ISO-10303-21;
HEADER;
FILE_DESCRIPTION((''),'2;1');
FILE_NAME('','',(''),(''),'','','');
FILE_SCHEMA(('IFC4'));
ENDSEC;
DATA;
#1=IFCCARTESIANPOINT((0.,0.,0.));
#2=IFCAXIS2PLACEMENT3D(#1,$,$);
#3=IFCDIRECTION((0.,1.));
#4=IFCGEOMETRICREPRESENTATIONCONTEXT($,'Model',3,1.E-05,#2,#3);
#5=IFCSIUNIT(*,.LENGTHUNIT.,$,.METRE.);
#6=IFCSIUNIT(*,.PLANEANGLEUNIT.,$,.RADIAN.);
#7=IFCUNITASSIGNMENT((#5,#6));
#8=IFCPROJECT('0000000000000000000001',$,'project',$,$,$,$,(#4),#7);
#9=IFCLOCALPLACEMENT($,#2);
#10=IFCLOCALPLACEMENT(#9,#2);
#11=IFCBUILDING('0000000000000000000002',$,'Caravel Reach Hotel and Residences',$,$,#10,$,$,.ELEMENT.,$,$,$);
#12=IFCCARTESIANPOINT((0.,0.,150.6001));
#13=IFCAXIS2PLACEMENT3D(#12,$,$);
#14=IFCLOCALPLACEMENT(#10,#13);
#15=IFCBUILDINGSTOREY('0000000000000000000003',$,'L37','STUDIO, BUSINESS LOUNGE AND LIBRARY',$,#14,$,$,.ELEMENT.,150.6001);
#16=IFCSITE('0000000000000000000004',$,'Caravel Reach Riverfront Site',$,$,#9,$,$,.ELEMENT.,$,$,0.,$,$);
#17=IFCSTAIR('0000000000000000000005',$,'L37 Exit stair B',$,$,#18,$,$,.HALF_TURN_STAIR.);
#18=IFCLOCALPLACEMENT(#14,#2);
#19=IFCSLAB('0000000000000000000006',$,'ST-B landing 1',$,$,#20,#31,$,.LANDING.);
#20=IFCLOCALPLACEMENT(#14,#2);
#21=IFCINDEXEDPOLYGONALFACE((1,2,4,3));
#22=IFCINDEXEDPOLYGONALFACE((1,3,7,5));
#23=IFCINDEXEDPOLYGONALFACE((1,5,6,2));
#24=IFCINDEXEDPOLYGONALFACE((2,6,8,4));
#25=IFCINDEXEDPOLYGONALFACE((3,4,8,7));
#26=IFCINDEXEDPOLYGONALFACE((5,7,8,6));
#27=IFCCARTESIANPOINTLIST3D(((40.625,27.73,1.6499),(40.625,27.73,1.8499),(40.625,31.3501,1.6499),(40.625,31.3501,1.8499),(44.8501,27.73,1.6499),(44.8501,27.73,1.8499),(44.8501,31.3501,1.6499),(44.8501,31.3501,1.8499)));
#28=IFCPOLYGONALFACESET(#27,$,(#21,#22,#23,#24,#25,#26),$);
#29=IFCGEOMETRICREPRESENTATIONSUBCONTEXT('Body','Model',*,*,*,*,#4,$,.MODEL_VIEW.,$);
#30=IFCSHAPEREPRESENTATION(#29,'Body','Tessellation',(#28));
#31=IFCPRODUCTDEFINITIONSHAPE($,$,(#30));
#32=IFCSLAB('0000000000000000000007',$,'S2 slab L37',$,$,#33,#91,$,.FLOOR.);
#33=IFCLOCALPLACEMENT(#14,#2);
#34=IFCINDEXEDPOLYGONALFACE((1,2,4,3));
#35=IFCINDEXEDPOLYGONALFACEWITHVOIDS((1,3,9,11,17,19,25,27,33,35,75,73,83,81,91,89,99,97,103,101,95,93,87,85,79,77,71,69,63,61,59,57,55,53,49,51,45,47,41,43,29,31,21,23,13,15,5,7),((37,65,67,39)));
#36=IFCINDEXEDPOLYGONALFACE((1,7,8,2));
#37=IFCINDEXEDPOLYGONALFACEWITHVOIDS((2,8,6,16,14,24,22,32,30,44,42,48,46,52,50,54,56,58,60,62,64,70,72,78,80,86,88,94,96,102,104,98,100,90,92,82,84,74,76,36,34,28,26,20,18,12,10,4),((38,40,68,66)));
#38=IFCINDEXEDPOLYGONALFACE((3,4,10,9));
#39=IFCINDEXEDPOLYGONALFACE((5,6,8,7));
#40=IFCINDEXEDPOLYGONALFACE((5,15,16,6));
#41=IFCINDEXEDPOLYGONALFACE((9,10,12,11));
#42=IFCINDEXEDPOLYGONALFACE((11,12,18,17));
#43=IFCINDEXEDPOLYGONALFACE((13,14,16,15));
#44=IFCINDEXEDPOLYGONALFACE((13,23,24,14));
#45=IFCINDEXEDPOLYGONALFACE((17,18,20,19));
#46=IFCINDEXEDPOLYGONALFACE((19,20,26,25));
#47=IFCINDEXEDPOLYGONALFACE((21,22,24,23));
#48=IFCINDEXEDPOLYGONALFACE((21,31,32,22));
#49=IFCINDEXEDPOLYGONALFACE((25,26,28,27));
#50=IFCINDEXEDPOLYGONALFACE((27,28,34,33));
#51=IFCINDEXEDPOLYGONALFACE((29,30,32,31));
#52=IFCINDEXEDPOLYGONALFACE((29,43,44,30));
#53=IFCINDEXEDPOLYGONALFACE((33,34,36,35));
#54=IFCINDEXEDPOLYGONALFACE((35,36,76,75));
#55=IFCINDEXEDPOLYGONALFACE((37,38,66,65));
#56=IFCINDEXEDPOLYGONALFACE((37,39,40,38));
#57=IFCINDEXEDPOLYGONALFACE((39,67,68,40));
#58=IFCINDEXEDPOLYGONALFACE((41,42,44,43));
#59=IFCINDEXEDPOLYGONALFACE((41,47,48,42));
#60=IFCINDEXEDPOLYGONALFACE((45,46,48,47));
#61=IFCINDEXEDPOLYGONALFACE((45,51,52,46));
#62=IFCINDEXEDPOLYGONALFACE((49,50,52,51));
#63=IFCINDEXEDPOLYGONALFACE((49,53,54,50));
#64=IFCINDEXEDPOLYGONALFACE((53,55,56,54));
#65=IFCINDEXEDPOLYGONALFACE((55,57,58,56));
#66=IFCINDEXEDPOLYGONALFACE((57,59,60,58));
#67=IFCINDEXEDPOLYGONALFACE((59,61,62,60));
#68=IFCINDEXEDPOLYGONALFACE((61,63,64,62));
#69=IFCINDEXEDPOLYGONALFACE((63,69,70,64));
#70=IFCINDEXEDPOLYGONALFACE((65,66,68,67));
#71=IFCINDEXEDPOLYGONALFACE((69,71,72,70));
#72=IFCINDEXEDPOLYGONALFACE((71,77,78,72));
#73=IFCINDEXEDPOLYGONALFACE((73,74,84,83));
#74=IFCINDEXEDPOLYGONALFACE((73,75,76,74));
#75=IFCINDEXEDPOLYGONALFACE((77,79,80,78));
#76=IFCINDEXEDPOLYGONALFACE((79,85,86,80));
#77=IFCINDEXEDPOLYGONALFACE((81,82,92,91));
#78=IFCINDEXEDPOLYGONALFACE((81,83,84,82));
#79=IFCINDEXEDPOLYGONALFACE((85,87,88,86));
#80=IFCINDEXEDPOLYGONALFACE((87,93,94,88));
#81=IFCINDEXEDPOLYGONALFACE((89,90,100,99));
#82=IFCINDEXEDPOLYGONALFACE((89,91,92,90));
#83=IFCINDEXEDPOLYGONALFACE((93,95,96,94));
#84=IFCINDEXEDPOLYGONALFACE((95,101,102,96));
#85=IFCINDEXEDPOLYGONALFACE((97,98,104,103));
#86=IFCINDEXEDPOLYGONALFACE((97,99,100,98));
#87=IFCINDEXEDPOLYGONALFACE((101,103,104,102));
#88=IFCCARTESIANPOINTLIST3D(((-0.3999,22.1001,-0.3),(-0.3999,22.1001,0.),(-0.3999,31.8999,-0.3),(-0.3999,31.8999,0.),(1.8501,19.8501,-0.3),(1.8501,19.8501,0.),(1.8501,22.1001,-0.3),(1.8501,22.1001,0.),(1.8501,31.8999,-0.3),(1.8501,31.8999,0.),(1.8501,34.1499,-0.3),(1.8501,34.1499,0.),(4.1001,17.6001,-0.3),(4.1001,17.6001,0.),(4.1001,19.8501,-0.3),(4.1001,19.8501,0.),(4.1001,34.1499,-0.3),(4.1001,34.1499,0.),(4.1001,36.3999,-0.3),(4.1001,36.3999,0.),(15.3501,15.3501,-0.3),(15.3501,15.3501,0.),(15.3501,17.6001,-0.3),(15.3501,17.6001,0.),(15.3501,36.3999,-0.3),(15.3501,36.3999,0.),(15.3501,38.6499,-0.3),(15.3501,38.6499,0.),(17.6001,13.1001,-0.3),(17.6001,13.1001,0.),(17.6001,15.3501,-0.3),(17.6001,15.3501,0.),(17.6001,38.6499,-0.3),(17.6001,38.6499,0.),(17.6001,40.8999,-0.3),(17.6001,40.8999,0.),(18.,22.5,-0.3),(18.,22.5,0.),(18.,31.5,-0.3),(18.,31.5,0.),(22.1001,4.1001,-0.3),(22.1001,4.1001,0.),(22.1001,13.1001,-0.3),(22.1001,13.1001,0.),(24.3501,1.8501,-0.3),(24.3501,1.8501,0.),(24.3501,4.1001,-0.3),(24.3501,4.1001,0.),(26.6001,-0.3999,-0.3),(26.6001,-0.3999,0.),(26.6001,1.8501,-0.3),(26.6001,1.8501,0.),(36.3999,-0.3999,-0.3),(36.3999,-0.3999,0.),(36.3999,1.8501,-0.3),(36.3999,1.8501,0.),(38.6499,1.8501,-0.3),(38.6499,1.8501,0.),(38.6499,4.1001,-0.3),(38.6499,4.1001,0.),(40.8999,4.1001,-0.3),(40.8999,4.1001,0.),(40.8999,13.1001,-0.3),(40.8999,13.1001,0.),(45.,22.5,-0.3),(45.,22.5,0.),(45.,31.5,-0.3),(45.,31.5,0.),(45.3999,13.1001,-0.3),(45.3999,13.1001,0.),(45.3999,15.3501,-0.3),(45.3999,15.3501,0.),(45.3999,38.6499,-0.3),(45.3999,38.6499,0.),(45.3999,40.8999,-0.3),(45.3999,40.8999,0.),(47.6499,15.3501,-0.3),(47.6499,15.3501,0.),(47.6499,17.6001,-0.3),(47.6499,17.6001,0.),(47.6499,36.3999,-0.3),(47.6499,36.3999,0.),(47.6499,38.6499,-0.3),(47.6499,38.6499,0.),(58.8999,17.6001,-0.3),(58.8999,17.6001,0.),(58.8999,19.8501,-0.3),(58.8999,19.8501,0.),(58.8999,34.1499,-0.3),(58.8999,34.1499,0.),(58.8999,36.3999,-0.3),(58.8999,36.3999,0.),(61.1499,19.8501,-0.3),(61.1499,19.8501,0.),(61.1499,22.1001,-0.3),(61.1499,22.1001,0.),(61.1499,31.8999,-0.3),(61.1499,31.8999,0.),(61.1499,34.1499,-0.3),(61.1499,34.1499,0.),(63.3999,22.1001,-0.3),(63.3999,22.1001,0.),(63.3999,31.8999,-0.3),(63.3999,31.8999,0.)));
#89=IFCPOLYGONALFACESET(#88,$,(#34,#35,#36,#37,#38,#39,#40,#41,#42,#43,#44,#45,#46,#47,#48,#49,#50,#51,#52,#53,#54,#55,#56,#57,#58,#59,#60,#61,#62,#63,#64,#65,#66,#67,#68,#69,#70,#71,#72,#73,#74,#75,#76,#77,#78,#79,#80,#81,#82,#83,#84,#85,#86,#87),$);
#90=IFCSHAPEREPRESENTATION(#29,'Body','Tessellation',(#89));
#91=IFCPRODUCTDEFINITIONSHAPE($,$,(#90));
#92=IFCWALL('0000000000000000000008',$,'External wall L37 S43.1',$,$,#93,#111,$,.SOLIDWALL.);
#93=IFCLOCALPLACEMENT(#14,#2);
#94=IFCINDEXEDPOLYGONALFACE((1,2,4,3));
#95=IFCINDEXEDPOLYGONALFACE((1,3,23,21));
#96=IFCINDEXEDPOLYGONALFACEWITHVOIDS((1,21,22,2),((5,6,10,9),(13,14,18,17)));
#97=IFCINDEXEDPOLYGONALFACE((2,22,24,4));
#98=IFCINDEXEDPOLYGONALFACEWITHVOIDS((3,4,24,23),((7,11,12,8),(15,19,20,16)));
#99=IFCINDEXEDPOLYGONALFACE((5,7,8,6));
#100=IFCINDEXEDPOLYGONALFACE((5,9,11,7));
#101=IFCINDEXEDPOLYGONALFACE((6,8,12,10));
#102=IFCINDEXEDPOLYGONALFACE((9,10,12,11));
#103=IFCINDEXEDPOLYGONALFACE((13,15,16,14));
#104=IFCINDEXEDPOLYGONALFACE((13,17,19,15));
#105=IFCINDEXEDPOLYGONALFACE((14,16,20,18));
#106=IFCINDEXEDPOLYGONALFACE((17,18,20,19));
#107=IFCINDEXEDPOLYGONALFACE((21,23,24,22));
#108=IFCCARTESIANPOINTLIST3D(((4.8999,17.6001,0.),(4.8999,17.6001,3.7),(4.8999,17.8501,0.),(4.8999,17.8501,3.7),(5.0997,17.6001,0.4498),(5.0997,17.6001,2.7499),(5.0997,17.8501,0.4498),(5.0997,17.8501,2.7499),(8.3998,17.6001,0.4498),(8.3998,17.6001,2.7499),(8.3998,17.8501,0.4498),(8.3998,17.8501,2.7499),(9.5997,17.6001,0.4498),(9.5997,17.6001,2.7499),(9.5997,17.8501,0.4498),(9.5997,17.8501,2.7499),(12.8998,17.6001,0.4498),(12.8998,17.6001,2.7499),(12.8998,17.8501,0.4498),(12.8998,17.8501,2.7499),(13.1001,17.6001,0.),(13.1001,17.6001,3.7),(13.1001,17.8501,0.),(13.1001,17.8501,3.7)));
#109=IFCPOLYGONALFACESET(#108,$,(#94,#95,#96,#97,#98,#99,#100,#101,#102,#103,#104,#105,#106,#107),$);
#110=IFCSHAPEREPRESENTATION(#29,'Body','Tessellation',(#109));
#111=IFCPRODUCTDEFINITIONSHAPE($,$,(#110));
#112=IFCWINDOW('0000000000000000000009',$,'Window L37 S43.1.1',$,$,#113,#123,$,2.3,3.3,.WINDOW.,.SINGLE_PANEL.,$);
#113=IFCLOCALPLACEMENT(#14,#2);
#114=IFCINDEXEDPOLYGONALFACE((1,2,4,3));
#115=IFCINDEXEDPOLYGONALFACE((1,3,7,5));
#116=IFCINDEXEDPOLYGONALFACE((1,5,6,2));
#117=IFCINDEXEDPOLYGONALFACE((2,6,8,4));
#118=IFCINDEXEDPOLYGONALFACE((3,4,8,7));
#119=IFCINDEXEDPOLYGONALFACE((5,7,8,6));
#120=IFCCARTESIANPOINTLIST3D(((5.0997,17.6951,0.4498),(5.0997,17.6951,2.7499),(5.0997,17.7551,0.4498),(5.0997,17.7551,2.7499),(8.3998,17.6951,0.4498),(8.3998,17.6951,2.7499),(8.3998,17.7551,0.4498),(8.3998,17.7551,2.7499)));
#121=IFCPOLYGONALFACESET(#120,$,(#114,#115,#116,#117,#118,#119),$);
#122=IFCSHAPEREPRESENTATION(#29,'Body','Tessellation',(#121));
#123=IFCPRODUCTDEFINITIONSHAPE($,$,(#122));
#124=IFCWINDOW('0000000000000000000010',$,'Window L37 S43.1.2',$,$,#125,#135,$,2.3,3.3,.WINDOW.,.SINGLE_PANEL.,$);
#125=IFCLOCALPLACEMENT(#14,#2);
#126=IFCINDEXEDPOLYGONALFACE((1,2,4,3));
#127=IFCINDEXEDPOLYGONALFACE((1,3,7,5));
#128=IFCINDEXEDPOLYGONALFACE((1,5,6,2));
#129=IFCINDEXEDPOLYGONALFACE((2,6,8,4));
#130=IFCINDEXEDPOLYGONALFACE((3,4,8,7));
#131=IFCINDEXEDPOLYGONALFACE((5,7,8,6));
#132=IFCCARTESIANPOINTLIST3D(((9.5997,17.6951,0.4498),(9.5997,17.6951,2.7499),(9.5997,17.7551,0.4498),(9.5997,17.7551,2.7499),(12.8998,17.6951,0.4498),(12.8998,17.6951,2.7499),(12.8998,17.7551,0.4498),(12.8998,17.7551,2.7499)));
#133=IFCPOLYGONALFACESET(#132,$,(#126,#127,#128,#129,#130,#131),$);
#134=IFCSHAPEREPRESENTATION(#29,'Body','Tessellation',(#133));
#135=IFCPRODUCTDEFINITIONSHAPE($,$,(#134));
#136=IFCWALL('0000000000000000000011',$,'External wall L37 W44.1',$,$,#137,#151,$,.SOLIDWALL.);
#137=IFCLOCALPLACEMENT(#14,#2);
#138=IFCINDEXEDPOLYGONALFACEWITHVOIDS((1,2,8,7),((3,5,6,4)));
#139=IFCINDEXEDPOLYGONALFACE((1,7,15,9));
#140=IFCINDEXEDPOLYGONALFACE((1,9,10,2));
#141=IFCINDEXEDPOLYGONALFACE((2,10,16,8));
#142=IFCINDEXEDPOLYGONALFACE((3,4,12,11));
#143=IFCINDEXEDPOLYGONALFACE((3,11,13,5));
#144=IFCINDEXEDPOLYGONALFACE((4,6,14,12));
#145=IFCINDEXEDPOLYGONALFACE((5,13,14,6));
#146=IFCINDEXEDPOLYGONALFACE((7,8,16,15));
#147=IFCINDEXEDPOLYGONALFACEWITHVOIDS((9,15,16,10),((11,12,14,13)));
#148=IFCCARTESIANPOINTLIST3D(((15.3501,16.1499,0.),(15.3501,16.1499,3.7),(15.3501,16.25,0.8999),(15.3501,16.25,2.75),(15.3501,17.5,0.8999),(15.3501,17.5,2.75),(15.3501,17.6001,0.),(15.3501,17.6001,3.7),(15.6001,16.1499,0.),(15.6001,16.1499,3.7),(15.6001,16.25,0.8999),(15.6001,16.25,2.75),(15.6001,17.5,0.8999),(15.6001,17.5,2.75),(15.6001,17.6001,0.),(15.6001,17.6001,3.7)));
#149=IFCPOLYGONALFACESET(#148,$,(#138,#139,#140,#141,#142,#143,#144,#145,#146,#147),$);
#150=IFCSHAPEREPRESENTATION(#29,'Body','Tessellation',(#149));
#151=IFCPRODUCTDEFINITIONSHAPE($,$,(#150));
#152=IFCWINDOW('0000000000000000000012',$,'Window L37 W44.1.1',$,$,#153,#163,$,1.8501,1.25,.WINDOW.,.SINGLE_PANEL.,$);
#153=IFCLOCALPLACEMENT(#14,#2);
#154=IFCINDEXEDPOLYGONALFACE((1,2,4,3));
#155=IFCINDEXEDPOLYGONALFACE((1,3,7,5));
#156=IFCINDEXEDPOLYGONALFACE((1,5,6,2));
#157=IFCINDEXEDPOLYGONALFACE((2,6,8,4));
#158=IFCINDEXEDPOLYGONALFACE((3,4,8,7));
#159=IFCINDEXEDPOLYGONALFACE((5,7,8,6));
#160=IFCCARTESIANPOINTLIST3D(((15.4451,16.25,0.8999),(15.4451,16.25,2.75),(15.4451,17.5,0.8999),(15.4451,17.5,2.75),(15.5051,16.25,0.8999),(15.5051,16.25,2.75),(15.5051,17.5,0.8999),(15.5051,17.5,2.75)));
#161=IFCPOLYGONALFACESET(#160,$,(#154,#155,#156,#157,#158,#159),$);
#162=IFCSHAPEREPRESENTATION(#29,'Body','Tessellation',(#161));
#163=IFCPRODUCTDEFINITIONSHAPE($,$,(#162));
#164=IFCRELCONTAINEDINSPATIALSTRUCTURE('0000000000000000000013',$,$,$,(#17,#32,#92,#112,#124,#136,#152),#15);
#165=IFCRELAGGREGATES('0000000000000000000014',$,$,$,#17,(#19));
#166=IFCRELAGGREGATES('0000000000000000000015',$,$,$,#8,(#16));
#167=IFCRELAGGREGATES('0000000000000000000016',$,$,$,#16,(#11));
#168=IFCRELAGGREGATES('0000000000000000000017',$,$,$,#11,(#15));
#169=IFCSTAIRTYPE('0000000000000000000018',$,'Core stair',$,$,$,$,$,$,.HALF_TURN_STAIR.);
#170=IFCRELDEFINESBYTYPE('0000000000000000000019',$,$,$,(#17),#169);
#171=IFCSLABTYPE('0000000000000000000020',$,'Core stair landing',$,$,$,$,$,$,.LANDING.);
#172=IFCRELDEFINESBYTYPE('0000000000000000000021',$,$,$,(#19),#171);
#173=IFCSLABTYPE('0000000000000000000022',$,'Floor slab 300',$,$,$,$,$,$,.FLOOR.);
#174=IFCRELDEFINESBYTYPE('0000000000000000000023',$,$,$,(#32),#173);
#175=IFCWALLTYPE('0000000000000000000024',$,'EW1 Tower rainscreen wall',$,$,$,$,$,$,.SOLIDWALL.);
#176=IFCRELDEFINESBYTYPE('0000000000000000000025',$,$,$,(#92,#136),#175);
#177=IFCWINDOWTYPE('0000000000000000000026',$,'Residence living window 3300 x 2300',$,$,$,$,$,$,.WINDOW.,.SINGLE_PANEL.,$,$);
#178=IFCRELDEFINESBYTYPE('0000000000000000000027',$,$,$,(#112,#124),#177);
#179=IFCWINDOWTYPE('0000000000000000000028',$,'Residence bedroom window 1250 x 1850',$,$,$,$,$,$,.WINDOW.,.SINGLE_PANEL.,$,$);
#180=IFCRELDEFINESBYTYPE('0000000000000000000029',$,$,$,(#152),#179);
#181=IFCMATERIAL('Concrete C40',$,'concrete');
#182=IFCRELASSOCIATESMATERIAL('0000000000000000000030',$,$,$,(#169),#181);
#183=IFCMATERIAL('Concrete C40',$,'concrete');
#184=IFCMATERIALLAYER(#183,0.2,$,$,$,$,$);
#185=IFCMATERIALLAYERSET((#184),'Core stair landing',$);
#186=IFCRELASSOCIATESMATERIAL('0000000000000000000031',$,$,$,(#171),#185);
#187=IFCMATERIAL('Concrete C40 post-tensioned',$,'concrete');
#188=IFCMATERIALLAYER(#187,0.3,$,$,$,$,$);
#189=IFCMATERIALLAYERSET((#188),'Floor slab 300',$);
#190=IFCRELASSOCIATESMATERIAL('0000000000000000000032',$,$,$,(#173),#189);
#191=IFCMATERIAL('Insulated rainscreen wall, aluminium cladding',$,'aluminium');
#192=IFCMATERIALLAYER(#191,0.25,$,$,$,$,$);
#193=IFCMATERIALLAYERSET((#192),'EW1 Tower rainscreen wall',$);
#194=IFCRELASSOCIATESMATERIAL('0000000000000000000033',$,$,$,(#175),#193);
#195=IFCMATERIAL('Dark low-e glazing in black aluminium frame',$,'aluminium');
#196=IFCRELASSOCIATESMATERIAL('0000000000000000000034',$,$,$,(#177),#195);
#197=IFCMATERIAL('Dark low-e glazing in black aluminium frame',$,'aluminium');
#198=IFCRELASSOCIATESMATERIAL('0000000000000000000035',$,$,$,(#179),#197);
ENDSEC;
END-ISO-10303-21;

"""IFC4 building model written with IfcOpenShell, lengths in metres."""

from ifc_helpers import new_model, si_unit, direction, frame, frame_2d, origin, place, context, subcontext, project, spatial, polyline, rectangle, outline, extrude, material, layer, layer_set, type_object, element, fill, aggregate, save


model = new_model("IFC4")

# Units and contexts
model_context = context("Model", 3, precision=1e-05, world=origin(), true_north=direction((0.0, 1.0)))
body_context = subcontext(model_context, "Body", "Model", "MODEL_VIEW")
ifc_project = project(units=[si_unit("LENGTHUNIT", "METRE"), si_unit("PLANEANGLEUNIT", "RADIAN")], contexts=[model_context])

# Site, building, storey
site_placement = place(None, origin())
site = spatial("IfcSite", under=ifc_project, at=site_placement, Name="Caravel Reach Riverfront Site", CompositionType="ELEMENT", RefElevation=0.0)
building_placement = place(site_placement, origin())
building = spatial("IfcBuilding", under=site, at=building_placement, Name="Caravel Reach Hotel and Residences", CompositionType="ELEMENT")
storey_placement = place(building_placement, frame((0.0, 0.0, 150.6001)))
storey = spatial("IfcBuildingStorey", under=building, at=storey_placement, Name="L37", Description="STUDIO, BUSINESS LOUNGE AND LIBRARY", CompositionType="ELEMENT", Elevation=150.6001)

# Stair, slab
ifc_material_1 = material(Name="Concrete C40", Category="concrete")
stair_type = type_object("IfcStairType", Name="Core stair", PredefinedType="HALF_TURN_STAIR", material=ifc_material_1)
ifc_material_2 = material(Name="Concrete C40", Category="concrete")
ifc_layer_1 = layer(ifc_material_2, 0.2)
ifc_layer_set_1 = layer_set([ifc_layer_1], Name="Core stair landing")
slab_type_1 = type_object("IfcSlabType", Name="Core stair landing", PredefinedType="LANDING", material=ifc_layer_set_1)
stair_1_placement = place(storey_placement, origin())
stair_1 = element("IfcStair", 1, at=stair_1_placement, inside=storey, type_object=stair_type, Name="L37 Exit stair B", PredefinedType="HALF_TURN_STAIR")
slab_1_placement = place(storey_placement, frame((0.0, 0.0, 1.6499)))
slab_1 = element("IfcSlab", 2, at=slab_1_placement, type_object=slab_type_1, Name="ST-B landing 1", PredefinedType="LANDING", context=body_context, shape_type="SweptSolid", body=[
    extrude(outline(polyline([(44.8501, 27.73), (44.8501, 31.3501), (40.625, 31.3501), (40.625, 27.73), (44.8501, 27.73)])), origin(), (0.0, 0.0, 1.0), 0.2),
])
aggregate(stair_1, [slab_1])

# Slab
ifc_material_3 = material(Name="Concrete C40 post-tensioned", Category="concrete")
ifc_layer_2 = layer(ifc_material_3, 0.3)
ifc_layer_set_2 = layer_set([ifc_layer_2], Name="Floor slab 300")
slab_type_2 = type_object("IfcSlabType", Name="Floor slab 300", PredefinedType="FLOOR", material=ifc_layer_set_2)
slab_2_placement = place(storey_placement, frame((0.0, 0.0, -0.3)))
element("IfcSlab", 3, at=slab_2_placement, inside=storey, type_object=slab_type_2, Name="S2 slab L37", PredefinedType="FLOOR", context=body_context, shape_type="SweptSolid", body=[
    extrude(outline(polyline([(17.6001, 13.1001), (17.6001, 15.3501), (15.3501, 15.3501), (15.3501, 17.6001), (4.1001, 17.6001), (4.1001, 19.8501), (1.8501, 19.8501), (1.8501, 22.1001), (-0.3999, 22.1001), (-0.3999, 31.8999), (1.8501, 31.8999), (1.8501, 34.1499), (4.1001, 34.1499), (4.1001, 36.3999), (15.3501, 36.3999), (15.3501, 38.6499), (17.6001, 38.6499), (17.6001, 40.8999), (45.3999, 40.8999), (45.3999, 38.6499), (47.6499, 38.6499), (47.6499, 36.3999), (58.8999, 36.3999), (58.8999, 34.1499), (61.1499, 34.1499), (61.1499, 31.8999), (63.3999, 31.8999), (63.3999, 22.1001), (61.1499, 22.1001), (61.1499, 19.8501), (58.8999, 19.8501), (58.8999, 17.6001), (47.6499, 17.6001), (47.6499, 15.3501), (45.3999, 15.3501), (45.3999, 13.1001), (40.8999, 13.1001), (40.8999, 4.1001), (38.6499, 4.1001), (38.6499, 1.8501), (36.3999, 1.8501), (36.3999, -0.3999), (26.6001, -0.3999), (26.6001, 1.8501), (24.3501, 1.8501), (24.3501, 4.1001), (22.1001, 4.1001), (22.1001, 13.1001), (17.6001, 13.1001)]), holes=[polyline([(45.0, 31.5), (18.0, 31.5), (18.0, 22.5), (45.0, 22.5), (45.0, 31.5)])]), origin(), (0.0, 0.0, 1.0), 0.3),
])

# Wall, openings, windows
ifc_material_4 = material(Name="Insulated rainscreen wall, aluminium cladding", Category="aluminium")
ifc_layer_3 = layer(ifc_material_4, 0.25)
ifc_layer_set_3 = layer_set([ifc_layer_3], Name="EW1 Tower rainscreen wall")
wall_type_1 = type_object("IfcWallType", Name="EW1 Tower rainscreen wall", PredefinedType="SOLIDWALL", material=ifc_layer_set_3)
wall_1_placement = place(storey_placement, frame((4.8999, 17.7251, 0.0), z_axis=(0.0, 0.0, 1.0), x_axis=(1.0, 0.0, 0.0)))
wall_1 = element("IfcWall", 4, at=wall_1_placement, inside=storey, type_object=wall_type_1, Name="External wall L37 S43.1", PredefinedType="SOLIDWALL", context=body_context, shape_type="SweptSolid", body=[
    extrude(rectangle(XDim=8.2002, YDim=0.25, at=frame_2d((4.1001, 0.0))), origin(), (0.0, 0.0, 1.0), 3.7),
])
opening_1_placement = place(wall_1_placement, frame((0.2, 0.0, 0.45)))
opening_1 = element("IfcOpeningElement", 5, at=opening_1_placement, cuts=wall_1, PredefinedType="OPENING", context=body_context, shape_type="SweptSolid", body=[
    extrude(rectangle(XDim=3.3, YDim=2.3, at=frame_2d((1.6499, 1.1499))), frame((0.0, 0.135, 0.0), z_axis=(0.0, -1.0, 0.0), x_axis=(1.0, 0.0, 0.0)), (0.0, 0.0, 1.0), 0.27),
])
opening_2_placement = place(wall_1_placement, frame((4.7, 0.0, 0.45)))
opening_2 = element("IfcOpeningElement", 6, at=opening_2_placement, cuts=wall_1, PredefinedType="OPENING", context=body_context, shape_type="SweptSolid", body=[
    extrude(rectangle(XDim=3.3, YDim=2.3, at=frame_2d((1.6499, 1.1499))), frame((0.0, 0.135, 0.0), z_axis=(0.0, -1.0, 0.0), x_axis=(1.0, 0.0, 0.0)), (0.0, 0.0, 1.0), 0.27),
])
ifc_material_5 = material(Name="Dark low-e glazing in black aluminium frame", Category="aluminium")
window_type_1 = type_object("IfcWindowType", Name="Residence living window 3300 x 2300", PartitioningType="SINGLE_PANEL", PredefinedType="WINDOW", material=ifc_material_5)
window_1_placement = place(opening_1_placement, origin())
window_1 = element("IfcWindow", 7, at=window_1_placement, inside=storey, type_object=window_type_1, Name="Window L37 S43.1.1", OverallHeight=2.3, OverallWidth=3.3, PartitioningType="SINGLE_PANEL", PredefinedType="WINDOW", context=body_context, shape_type="SweptSolid", body=[
    extrude(rectangle(XDim=3.3, YDim=2.3, at=frame_2d((1.6499, 1.1499))), frame((0.0, 0.03, 0.0), z_axis=(0.0, -1.0, 0.0), x_axis=(1.0, 0.0, 0.0)), (0.0, 0.0, 1.0), 0.0601),
])
fill(opening_1, window_1)
window_2_placement = place(opening_2_placement, origin())
window_2 = element("IfcWindow", 8, at=window_2_placement, inside=storey, type_object=window_type_1, Name="Window L37 S43.1.2", OverallHeight=2.3, OverallWidth=3.3, PartitioningType="SINGLE_PANEL", PredefinedType="WINDOW", context=body_context, shape_type="SweptSolid", body=[
    extrude(rectangle(XDim=3.3, YDim=2.3, at=frame_2d((1.6499, 1.1499))), frame((0.0, 0.03, 0.0), z_axis=(0.0, -1.0, 0.0), x_axis=(1.0, 0.0, 0.0)), (0.0, 0.0, 1.0), 0.0601),
])
fill(opening_2, window_2)

# Wall, opening, window
wall_2_placement = place(storey_placement, frame((15.4751, 17.6001, 0.0), z_axis=(0.0, 0.0, 1.0), x_axis=(0.0, -1.0, 0.0)))
wall_2 = element("IfcWall", 9, at=wall_2_placement, inside=storey, type_object=wall_type_1, Name="External wall L37 W44.1", PredefinedType="SOLIDWALL", context=body_context, shape_type="SweptSolid", body=[
    extrude(rectangle(XDim=1.4502, YDim=0.25, at=frame_2d((0.7251, 0.0))), origin(), (0.0, 0.0, 1.0), 3.7),
])
opening_3_placement = place(wall_2_placement, frame((0.1001, 0.0, 0.8999)))
opening_3 = element("IfcOpeningElement", 10, at=opening_3_placement, cuts=wall_2, PredefinedType="OPENING", context=body_context, shape_type="SweptSolid", body=[
    extrude(rectangle(XDim=1.25, YDim=1.8501, at=frame_2d((0.625, 0.925))), frame((0.0, 0.135, 0.0), z_axis=(0.0, -1.0, 0.0), x_axis=(1.0, 0.0, 0.0)), (0.0, 0.0, 1.0), 0.27),
])
ifc_material_6 = material(Name="Dark low-e glazing in black aluminium frame", Category="aluminium")
window_type_2 = type_object("IfcWindowType", Name="Residence bedroom window 1250 x 1850", PartitioningType="SINGLE_PANEL", PredefinedType="WINDOW", material=ifc_material_6)
window_3_placement = place(opening_3_placement, origin())
window_3 = element("IfcWindow", 11, at=window_3_placement, inside=storey, type_object=window_type_2, Name="Window L37 W44.1.1", OverallHeight=1.8501, OverallWidth=1.25, PartitioningType="SINGLE_PANEL", PredefinedType="WINDOW", context=body_context, shape_type="SweptSolid", body=[
    extrude(rectangle(XDim=1.25, YDim=1.8501, at=frame_2d((0.625, 0.925))), frame((0.0, 0.03, 0.0), z_axis=(0.0, -1.0, 0.0), x_axis=(1.0, 0.0, 0.0)), (0.0, 0.0, 1.0), 0.0601),
])
fill(opening_3, window_3)

save(model, "model.ifc")
